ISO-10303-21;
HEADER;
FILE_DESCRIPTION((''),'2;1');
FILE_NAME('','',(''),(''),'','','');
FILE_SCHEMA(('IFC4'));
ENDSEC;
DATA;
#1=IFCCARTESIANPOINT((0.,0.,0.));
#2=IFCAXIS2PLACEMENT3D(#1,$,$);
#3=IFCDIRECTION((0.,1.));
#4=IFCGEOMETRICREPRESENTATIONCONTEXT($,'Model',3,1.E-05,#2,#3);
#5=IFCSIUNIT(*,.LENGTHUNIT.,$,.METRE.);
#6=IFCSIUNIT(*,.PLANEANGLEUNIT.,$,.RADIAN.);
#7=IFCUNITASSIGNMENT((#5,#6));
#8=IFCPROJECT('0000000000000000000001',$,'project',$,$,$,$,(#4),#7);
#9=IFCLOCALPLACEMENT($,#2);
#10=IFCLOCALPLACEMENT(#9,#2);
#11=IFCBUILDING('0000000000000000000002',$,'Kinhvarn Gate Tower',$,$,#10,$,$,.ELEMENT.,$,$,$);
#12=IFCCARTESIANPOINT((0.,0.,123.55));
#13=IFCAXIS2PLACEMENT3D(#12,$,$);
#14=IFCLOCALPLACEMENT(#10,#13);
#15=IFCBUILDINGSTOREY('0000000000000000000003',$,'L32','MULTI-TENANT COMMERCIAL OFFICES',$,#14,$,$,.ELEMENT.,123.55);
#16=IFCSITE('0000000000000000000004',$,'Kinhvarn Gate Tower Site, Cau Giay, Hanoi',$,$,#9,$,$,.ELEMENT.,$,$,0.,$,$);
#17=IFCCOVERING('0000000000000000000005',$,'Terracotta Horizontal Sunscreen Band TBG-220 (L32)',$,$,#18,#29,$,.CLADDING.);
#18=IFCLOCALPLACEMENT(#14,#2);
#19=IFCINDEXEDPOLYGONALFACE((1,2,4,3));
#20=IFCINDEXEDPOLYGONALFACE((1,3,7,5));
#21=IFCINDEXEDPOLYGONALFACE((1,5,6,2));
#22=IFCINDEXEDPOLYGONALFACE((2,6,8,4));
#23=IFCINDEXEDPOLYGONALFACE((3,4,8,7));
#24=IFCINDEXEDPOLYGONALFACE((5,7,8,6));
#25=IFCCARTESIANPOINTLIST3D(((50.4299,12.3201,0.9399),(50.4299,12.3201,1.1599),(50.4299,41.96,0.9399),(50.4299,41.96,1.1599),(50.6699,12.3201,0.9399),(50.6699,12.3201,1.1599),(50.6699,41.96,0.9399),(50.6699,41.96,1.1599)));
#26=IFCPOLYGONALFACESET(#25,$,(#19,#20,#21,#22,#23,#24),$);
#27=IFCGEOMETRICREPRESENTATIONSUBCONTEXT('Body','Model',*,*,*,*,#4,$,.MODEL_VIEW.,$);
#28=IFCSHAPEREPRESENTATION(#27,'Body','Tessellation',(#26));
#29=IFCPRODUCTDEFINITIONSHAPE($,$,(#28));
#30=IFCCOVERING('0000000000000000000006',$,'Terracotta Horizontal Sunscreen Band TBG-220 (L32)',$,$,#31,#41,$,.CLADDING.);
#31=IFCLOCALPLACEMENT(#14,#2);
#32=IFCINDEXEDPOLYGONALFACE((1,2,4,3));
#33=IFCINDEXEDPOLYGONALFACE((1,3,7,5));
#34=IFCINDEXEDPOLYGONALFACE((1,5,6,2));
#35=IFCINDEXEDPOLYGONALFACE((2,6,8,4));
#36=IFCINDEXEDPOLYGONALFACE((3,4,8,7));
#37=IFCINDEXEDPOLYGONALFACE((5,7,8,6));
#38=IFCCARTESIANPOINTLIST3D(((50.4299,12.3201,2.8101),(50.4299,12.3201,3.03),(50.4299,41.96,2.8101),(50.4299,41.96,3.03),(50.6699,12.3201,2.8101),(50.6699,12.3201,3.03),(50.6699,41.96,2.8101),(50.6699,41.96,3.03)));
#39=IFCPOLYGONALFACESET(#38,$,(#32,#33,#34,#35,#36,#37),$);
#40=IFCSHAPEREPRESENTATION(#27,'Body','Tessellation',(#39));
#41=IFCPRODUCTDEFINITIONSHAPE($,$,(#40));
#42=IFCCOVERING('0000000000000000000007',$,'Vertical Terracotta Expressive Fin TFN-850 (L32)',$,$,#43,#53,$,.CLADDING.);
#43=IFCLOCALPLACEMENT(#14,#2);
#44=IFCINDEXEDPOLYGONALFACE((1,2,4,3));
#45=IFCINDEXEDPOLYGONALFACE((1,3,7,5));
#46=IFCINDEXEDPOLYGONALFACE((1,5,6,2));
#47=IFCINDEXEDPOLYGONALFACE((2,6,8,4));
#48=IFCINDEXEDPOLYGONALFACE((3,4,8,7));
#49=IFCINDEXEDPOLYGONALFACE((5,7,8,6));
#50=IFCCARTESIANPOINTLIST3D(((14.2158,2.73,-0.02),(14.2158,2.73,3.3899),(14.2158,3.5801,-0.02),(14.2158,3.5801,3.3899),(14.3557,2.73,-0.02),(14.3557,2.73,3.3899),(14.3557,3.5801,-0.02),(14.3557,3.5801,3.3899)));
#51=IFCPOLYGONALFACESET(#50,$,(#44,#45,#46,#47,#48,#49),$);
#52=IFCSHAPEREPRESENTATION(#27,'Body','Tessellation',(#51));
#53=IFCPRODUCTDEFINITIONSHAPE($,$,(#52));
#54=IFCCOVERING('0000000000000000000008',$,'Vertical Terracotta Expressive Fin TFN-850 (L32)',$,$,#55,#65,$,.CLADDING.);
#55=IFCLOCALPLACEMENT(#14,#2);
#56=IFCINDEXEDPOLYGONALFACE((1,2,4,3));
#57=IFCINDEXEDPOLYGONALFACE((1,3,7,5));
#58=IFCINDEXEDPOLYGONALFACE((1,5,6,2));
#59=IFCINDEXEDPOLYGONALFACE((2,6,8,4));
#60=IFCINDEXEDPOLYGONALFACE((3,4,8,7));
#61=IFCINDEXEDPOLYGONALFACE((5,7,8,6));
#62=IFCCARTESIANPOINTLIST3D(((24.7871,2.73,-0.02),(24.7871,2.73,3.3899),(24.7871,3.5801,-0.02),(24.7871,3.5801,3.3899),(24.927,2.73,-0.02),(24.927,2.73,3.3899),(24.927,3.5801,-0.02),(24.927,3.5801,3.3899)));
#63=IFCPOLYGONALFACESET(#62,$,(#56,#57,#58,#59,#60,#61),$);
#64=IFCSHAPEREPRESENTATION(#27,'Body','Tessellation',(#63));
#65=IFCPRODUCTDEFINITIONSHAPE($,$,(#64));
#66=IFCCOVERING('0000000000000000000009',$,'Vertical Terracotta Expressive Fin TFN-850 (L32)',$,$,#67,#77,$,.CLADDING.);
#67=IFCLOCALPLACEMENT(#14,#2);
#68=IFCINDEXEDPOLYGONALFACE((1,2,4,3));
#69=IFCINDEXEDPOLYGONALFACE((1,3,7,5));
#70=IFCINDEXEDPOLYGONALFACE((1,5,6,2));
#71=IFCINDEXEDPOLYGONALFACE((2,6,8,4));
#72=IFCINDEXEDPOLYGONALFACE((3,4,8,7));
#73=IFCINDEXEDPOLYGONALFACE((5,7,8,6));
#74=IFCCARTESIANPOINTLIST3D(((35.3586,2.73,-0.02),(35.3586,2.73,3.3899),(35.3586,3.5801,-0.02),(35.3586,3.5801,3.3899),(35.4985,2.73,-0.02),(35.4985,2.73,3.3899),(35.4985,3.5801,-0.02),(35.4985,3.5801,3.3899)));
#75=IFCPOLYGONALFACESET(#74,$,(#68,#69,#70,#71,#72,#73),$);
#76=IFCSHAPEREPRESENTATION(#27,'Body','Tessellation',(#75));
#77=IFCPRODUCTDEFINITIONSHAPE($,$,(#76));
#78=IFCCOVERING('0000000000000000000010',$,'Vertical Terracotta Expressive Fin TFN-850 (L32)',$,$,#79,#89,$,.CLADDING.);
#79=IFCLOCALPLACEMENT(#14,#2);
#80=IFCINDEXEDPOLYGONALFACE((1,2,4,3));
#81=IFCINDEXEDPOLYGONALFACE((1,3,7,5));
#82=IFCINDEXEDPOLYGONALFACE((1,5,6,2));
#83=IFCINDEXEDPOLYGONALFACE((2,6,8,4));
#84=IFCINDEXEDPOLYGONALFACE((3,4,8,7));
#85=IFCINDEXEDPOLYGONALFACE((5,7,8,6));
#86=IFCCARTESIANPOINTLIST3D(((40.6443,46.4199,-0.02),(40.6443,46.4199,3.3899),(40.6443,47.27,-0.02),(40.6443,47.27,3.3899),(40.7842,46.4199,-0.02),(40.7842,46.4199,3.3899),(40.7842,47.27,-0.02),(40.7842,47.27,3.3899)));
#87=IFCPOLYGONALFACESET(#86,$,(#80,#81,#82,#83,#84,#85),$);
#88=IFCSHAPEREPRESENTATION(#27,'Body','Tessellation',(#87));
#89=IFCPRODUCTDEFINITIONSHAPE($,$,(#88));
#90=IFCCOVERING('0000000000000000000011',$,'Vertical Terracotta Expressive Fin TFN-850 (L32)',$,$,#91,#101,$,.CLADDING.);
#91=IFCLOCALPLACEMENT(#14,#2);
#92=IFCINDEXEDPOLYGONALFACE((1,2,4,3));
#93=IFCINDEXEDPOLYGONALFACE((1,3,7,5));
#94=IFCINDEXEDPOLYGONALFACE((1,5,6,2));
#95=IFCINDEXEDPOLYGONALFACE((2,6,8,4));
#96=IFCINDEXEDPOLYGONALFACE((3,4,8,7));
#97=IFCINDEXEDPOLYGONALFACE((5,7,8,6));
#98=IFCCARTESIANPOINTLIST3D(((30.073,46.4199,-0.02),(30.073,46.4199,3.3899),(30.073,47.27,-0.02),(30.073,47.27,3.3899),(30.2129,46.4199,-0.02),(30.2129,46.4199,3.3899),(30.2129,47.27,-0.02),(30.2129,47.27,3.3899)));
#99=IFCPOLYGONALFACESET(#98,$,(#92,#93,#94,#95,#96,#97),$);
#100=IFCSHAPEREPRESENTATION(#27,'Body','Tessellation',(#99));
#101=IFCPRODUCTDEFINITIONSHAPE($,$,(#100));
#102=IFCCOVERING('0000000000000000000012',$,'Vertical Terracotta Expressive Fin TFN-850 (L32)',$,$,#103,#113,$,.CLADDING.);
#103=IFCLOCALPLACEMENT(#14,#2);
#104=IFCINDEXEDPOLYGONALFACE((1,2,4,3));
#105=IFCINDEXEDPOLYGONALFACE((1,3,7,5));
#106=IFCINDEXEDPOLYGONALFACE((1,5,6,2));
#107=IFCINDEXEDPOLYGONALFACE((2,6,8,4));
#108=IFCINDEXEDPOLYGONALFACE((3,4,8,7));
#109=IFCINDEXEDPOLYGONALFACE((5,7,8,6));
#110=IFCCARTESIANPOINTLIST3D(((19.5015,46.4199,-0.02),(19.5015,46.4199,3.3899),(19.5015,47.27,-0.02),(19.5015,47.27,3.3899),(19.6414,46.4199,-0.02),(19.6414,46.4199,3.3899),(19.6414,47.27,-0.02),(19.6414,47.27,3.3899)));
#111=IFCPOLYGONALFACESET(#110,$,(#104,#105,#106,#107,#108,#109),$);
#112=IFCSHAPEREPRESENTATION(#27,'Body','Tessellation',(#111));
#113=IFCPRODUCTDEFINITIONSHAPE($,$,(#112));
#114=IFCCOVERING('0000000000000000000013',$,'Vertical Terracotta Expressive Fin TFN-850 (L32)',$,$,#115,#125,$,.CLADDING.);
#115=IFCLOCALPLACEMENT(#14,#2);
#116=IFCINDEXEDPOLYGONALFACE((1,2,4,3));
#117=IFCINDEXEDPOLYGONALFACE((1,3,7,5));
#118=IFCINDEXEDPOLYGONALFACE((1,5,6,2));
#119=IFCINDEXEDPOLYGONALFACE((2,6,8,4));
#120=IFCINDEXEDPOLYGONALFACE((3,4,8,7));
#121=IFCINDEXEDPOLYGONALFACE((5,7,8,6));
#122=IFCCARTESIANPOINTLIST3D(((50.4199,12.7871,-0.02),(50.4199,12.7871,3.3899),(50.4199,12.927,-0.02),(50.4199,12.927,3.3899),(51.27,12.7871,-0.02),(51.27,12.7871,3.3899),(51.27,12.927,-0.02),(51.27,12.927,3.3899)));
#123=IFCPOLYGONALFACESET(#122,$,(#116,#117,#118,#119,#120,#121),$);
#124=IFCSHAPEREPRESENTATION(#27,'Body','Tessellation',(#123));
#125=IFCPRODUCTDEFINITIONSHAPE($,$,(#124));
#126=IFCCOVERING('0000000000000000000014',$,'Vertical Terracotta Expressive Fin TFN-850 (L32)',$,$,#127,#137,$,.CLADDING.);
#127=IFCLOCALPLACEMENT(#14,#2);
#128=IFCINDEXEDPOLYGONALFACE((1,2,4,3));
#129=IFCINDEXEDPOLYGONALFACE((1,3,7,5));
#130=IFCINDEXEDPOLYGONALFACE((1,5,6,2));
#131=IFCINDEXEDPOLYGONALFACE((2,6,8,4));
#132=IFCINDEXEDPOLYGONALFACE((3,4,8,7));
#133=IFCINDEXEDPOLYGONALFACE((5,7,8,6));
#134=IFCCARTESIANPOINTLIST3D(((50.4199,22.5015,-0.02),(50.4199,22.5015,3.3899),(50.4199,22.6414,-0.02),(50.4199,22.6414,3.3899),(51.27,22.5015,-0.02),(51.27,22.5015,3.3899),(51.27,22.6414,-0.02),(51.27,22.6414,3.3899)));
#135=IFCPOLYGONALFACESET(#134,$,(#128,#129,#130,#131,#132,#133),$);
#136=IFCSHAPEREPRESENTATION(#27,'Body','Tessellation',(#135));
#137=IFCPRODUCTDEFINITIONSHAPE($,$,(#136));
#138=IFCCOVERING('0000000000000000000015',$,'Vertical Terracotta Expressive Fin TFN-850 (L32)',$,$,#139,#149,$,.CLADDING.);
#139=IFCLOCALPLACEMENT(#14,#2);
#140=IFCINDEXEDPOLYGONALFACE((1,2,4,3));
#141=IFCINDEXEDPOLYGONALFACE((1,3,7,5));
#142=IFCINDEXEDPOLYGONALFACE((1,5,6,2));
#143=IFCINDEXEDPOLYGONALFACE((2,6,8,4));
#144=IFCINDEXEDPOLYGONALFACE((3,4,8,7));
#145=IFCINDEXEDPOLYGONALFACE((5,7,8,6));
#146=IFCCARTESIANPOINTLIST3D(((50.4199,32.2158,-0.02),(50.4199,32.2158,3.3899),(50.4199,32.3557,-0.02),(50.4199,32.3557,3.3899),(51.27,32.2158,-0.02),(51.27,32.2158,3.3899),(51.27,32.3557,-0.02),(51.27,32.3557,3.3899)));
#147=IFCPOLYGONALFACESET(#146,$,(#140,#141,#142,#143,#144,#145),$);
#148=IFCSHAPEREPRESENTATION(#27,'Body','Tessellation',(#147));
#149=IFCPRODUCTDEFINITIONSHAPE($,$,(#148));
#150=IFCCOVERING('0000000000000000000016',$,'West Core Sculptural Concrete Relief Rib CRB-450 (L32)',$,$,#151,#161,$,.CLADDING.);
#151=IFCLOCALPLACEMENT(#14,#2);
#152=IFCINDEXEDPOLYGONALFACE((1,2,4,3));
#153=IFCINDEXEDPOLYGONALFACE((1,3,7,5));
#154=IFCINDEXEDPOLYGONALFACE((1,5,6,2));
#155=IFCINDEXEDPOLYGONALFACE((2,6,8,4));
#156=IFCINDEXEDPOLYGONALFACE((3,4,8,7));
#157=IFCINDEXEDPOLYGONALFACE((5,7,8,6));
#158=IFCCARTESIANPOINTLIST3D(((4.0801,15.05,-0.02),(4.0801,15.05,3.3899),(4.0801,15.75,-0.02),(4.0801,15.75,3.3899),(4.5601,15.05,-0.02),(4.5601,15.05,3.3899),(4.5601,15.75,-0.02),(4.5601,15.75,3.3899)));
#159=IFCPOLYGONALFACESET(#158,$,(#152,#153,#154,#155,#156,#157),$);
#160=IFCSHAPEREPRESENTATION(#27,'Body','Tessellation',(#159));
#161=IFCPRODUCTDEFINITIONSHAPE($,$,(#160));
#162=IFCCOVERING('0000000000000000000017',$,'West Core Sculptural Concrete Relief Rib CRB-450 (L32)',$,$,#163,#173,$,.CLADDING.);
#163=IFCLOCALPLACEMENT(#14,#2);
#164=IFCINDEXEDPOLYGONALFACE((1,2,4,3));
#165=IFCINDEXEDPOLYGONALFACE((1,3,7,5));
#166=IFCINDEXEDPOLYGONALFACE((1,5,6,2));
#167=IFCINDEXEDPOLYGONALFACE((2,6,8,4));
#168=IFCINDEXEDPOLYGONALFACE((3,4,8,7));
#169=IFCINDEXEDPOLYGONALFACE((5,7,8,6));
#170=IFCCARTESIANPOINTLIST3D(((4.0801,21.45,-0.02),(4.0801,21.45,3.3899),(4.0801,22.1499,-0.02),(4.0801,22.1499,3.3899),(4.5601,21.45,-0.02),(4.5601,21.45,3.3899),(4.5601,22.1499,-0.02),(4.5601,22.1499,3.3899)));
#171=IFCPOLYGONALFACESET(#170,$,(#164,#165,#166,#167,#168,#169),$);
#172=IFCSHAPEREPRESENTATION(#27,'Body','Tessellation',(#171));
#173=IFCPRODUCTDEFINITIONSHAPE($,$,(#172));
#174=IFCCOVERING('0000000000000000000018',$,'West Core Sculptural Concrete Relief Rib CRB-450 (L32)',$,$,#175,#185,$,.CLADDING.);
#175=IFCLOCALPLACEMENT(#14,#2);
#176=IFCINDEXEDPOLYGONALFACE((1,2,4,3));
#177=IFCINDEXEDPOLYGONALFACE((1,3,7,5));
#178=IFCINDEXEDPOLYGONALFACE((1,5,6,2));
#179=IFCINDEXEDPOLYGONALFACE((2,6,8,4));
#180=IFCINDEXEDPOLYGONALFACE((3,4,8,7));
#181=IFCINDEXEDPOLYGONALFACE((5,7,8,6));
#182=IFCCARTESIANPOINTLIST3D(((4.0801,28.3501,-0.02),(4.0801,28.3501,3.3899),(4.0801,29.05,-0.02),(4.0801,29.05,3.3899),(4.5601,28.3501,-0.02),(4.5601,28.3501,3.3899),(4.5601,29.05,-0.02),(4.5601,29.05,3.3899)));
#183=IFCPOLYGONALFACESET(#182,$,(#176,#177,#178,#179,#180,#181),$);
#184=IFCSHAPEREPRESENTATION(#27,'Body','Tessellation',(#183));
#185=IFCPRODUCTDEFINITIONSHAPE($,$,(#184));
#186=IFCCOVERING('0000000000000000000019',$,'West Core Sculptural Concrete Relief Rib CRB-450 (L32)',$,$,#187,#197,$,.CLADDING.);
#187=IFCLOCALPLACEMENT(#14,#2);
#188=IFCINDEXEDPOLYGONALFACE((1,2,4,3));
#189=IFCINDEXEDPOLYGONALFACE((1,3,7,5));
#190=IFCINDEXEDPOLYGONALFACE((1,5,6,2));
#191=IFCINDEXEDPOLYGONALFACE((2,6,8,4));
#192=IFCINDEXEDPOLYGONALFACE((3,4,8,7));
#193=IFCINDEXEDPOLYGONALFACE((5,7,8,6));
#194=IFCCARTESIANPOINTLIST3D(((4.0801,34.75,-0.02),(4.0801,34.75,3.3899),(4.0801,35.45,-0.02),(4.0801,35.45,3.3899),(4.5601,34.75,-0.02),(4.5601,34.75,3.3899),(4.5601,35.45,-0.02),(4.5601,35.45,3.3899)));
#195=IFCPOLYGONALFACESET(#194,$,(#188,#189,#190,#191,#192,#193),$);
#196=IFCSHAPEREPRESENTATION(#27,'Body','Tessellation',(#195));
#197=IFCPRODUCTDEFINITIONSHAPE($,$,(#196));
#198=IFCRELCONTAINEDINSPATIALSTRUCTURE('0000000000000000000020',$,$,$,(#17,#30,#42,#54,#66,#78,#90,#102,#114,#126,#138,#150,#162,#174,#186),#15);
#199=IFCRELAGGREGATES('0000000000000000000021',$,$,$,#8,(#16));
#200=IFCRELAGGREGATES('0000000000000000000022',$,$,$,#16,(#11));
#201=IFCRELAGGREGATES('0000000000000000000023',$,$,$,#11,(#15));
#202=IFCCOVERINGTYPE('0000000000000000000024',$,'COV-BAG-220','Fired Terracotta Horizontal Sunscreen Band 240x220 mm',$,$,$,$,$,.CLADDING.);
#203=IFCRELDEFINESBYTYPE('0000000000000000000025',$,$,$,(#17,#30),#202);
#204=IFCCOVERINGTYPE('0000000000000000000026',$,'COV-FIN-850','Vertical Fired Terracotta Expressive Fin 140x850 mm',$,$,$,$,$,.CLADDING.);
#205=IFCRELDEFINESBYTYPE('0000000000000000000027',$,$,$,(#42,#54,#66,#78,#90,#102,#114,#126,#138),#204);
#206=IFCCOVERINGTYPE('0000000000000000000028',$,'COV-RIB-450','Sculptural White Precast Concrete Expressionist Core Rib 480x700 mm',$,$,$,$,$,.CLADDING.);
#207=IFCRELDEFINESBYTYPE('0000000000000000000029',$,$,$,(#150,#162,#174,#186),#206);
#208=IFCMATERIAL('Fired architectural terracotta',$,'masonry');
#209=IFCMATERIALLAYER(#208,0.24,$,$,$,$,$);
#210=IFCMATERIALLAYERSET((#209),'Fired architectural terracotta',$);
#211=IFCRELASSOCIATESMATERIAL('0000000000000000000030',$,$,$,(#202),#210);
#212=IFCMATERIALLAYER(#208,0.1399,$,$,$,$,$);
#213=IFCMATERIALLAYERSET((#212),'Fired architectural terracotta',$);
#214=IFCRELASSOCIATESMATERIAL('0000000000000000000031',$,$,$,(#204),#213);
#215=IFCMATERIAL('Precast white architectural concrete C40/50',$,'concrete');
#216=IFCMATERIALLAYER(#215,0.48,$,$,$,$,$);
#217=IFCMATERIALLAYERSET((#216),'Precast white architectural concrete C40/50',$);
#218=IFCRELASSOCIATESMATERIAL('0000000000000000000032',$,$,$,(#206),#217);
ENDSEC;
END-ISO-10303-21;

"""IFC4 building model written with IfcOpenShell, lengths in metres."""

from ifc_helpers import new_model, si_unit, direction, frame, origin, place, context, subcontext, project, spatial, polyline, outline, extrude, material, layer, layer_set, type_object, element, save


model = new_model("IFC4")

# Units and contexts
model_context = context("Model", 3, precision=1e-05, world=origin(), true_north=direction((0.0, 1.0)))
body_context = subcontext(model_context, "Body", "Model", "MODEL_VIEW")
ifc_project = project(units=[si_unit("LENGTHUNIT", "METRE"), si_unit("PLANEANGLEUNIT", "RADIAN")], contexts=[model_context])

# Site, building, storey
site_placement = place(None, origin())
site = spatial("IfcSite", under=ifc_project, at=site_placement, Name="Kinhvarn Gate Tower Site, Cau Giay, Hanoi", CompositionType="ELEMENT", RefElevation=0.0)
building_placement = place(site_placement, origin())
building = spatial("IfcBuilding", under=site, at=building_placement, Name="Kinhvarn Gate Tower", CompositionType="ELEMENT")
storey_placement = place(building_placement, frame((0.0, 0.0, 123.55)))
storey = spatial("IfcBuildingStorey", under=building, at=storey_placement, Name="L32", Description="MULTI-TENANT COMMERCIAL OFFICES", CompositionType="ELEMENT", Elevation=123.55)

# Shared definitions
ifc_material_1 = material(Name="Precast white architectural concrete C40/50", Category="concrete")

# Coverings
ifc_material_2 = material(Name="Fired architectural terracotta", Category="masonry")
ifc_layer_1 = layer(ifc_material_2, 0.24)
ifc_layer_set_1 = layer_set([ifc_layer_1], Name="Fired architectural terracotta")
covering_type_1 = type_object("IfcCoveringType", Name="COV-BAG-220", Description="Fired Terracotta Horizontal Sunscreen Band 240x220 mm", PredefinedType="CLADDING", material=ifc_layer_set_1)
for number, where, name in (
    (1, (0.0, 0.0, 0.9399), "Terracotta Horizontal Sunscreen Band TBG-220 (L32)"),
    (2, (0.0, 0.0, 2.8101), "Terracotta Horizontal Sunscreen Band TBG-220 (L32)"),
):
    element("IfcCovering", number, at=place(storey_placement, frame(where)), inside=storey, type_object=covering_type_1, Name=name, PredefinedType="CLADDING", context=body_context, shape_type="SweptSolid", body=[
        extrude(outline(polyline([(50.4299, 12.3201), (50.4299, 41.96), (50.6699, 41.96), (50.6699, 12.3201), (50.4299, 12.3201)])), origin(), (0.0, 0.0, 1.0), 0.22),
    ])
ifc_layer_2 = layer(ifc_material_2, 0.1399)
ifc_layer_set_2 = layer_set([ifc_layer_2], Name="Fired architectural terracotta")
covering_type_2 = type_object("IfcCoveringType", Name="COV-FIN-850", Description="Vertical Fired Terracotta Expressive Fin 140x850 mm", PredefinedType="CLADDING", material=ifc_layer_set_2)
covering_1_placement = place(storey_placement, frame((0.0, 0.0, -0.02)))
element("IfcCovering", 3, at=covering_1_placement, inside=storey, type_object=covering_type_2, Name="Vertical Terracotta Expressive Fin TFN-850 (L32)", PredefinedType="CLADDING", context=body_context, shape_type="SweptSolid", body=[
    extrude(outline(polyline([(14.2158, 3.5801), (14.3557, 3.5801), (14.3557, 2.73), (14.2158, 2.73), (14.2158, 3.5801)])), origin(), (0.0, 0.0, 1.0), 3.4099),
])
covering_2_placement = place(storey_placement, frame((0.0, 0.0, -0.02)))
element("IfcCovering", 4, at=covering_2_placement, inside=storey, type_object=covering_type_2, Name="Vertical Terracotta Expressive Fin TFN-850 (L32)", PredefinedType="CLADDING", context=body_context, shape_type="SweptSolid", body=[
    extrude(outline(polyline([(24.7871, 3.5801), (24.927, 3.5801), (24.927, 2.73), (24.7871, 2.73), (24.7871, 3.5801)])), origin(), (0.0, 0.0, 1.0), 3.4099),
])
covering_3_placement = place(storey_placement, frame((0.0, 0.0, -0.02)))
element("IfcCovering", 5, at=covering_3_placement, inside=storey, type_object=covering_type_2, Name="Vertical Terracotta Expressive Fin TFN-850 (L32)", PredefinedType="CLADDING", context=body_context, shape_type="SweptSolid", body=[
    extrude(outline(polyline([(35.3586, 3.5801), (35.4985, 3.5801), (35.4985, 2.73), (35.3586, 2.73), (35.3586, 3.5801)])), origin(), (0.0, 0.0, 1.0), 3.4099),
])
covering_4_placement = place(storey_placement, frame((0.0, 0.0, -0.02)))
element("IfcCovering", 6, at=covering_4_placement, inside=storey, type_object=covering_type_2, Name="Vertical Terracotta Expressive Fin TFN-850 (L32)", PredefinedType="CLADDING", context=body_context, shape_type="SweptSolid", body=[
    extrude(outline(polyline([(40.7842, 46.4199), (40.6443, 46.4199), (40.6443, 47.27), (40.7842, 47.27), (40.7842, 46.4199)])), origin(), (0.0, 0.0, 1.0), 3.4099),
])
covering_5_placement = place(storey_placement, frame((0.0, 0.0, -0.02)))
element("IfcCovering", 7, at=covering_5_placement, inside=storey, type_object=covering_type_2, Name="Vertical Terracotta Expressive Fin TFN-850 (L32)", PredefinedType="CLADDING", context=body_context, shape_type="SweptSolid", body=[
    extrude(outline(polyline([(30.2129, 46.4199), (30.073, 46.4199), (30.073, 47.27), (30.2129, 47.27), (30.2129, 46.4199)])), origin(), (0.0, 0.0, 1.0), 3.4099),
])
covering_6_placement = place(storey_placement, frame((0.0, 0.0, -0.02)))
element("IfcCovering", 8, at=covering_6_placement, inside=storey, type_object=covering_type_2, Name="Vertical Terracotta Expressive Fin TFN-850 (L32)", PredefinedType="CLADDING", context=body_context, shape_type="SweptSolid", body=[
    extrude(outline(polyline([(19.6414, 46.4199), (19.5015, 46.4199), (19.5015, 47.27), (19.6414, 47.27), (19.6414, 46.4199)])), origin(), (0.0, 0.0, 1.0), 3.4099),
])
covering_7_placement = place(storey_placement, frame((0.0, 0.0, -0.02)))
element("IfcCovering", 9, at=covering_7_placement, inside=storey, type_object=covering_type_2, Name="Vertical Terracotta Expressive Fin TFN-850 (L32)", PredefinedType="CLADDING", context=body_context, shape_type="SweptSolid", body=[
    extrude(outline(polyline([(50.4199, 12.7871), (50.4199, 12.927), (51.27, 12.927), (51.27, 12.7871), (50.4199, 12.7871)])), origin(), (0.0, 0.0, 1.0), 3.4099),
])
covering_8_placement = place(storey_placement, frame((0.0, 0.0, -0.02)))
element("IfcCovering", 10, at=covering_8_placement, inside=storey, type_object=covering_type_2, Name="Vertical Terracotta Expressive Fin TFN-850 (L32)", PredefinedType="CLADDING", context=body_context, shape_type="SweptSolid", body=[
    extrude(outline(polyline([(50.4199, 22.5015), (50.4199, 22.6414), (51.27, 22.6414), (51.27, 22.5015), (50.4199, 22.5015)])), origin(), (0.0, 0.0, 1.0), 3.4099),
])
covering_9_placement = place(storey_placement, frame((0.0, 0.0, -0.02)))
element("IfcCovering", 11, at=covering_9_placement, inside=storey, type_object=covering_type_2, Name="Vertical Terracotta Expressive Fin TFN-850 (L32)", PredefinedType="CLADDING", context=body_context, shape_type="SweptSolid", body=[
    extrude(outline(polyline([(50.4199, 32.2158), (50.4199, 32.3557), (51.27, 32.3557), (51.27, 32.2158), (50.4199, 32.2158)])), origin(), (0.0, 0.0, 1.0), 3.4099),
])
ifc_layer_3 = layer(ifc_material_1, 0.48)
ifc_layer_set_3 = layer_set([ifc_layer_3], Name="Precast white architectural concrete C40/50")
covering_type_3 = type_object("IfcCoveringType", Name="COV-RIB-450", Description="Sculptural White Precast Concrete Expressionist Core Rib 480x700 mm", PredefinedType="CLADDING", material=ifc_layer_set_3)
covering_10_placement = place(storey_placement, frame((0.0, 0.0, -0.02)))
element("IfcCovering", 12, at=covering_10_placement, inside=storey, type_object=covering_type_3, Name="West Core Sculptural Concrete Relief Rib CRB-450 (L32)", PredefinedType="CLADDING", context=body_context, shape_type="SweptSolid", body=[
    extrude(outline(polyline([(4.0801, 15.05), (4.5601, 15.05), (4.5601, 15.75), (4.0801, 15.75), (4.0801, 15.05)])), origin(), (0.0, 0.0, 1.0), 3.4099),
])
covering_11_placement = place(storey_placement, frame((0.0, 0.0, -0.02)))
element("IfcCovering", 13, at=covering_11_placement, inside=storey, type_object=covering_type_3, Name="West Core Sculptural Concrete Relief Rib CRB-450 (L32)", PredefinedType="CLADDING", context=body_context, shape_type="SweptSolid", body=[
    extrude(outline(polyline([(4.0801, 21.45), (4.5601, 21.45), (4.5601, 22.1499), (4.0801, 22.1499), (4.0801, 21.45)])), origin(), (0.0, 0.0, 1.0), 3.4099),
])
covering_12_placement = place(storey_placement, frame((0.0, 0.0, -0.02)))
element("IfcCovering", 14, at=covering_12_placement, inside=storey, type_object=covering_type_3, Name="West Core Sculptural Concrete Relief Rib CRB-450 (L32)", PredefinedType="CLADDING", context=body_context, shape_type="SweptSolid", body=[
    extrude(outline(polyline([(4.0801, 28.3501), (4.5601, 28.3501), (4.5601, 29.05), (4.0801, 29.05), (4.0801, 28.3501)])), origin(), (0.0, 0.0, 1.0), 3.4099),
])
covering_13_placement = place(storey_placement, frame((0.0, 0.0, -0.02)))
element("IfcCovering", 15, at=covering_13_placement, inside=storey, type_object=covering_type_3, Name="West Core Sculptural Concrete Relief Rib CRB-450 (L32)", PredefinedType="CLADDING", context=body_context, shape_type="SweptSolid", body=[
    extrude(outline(polyline([(4.0801, 34.75), (4.5601, 34.75), (4.5601, 35.45), (4.0801, 35.45), (4.0801, 34.75)])), origin(), (0.0, 0.0, 1.0), 3.4099),
])

save(model, "model.ifc")
